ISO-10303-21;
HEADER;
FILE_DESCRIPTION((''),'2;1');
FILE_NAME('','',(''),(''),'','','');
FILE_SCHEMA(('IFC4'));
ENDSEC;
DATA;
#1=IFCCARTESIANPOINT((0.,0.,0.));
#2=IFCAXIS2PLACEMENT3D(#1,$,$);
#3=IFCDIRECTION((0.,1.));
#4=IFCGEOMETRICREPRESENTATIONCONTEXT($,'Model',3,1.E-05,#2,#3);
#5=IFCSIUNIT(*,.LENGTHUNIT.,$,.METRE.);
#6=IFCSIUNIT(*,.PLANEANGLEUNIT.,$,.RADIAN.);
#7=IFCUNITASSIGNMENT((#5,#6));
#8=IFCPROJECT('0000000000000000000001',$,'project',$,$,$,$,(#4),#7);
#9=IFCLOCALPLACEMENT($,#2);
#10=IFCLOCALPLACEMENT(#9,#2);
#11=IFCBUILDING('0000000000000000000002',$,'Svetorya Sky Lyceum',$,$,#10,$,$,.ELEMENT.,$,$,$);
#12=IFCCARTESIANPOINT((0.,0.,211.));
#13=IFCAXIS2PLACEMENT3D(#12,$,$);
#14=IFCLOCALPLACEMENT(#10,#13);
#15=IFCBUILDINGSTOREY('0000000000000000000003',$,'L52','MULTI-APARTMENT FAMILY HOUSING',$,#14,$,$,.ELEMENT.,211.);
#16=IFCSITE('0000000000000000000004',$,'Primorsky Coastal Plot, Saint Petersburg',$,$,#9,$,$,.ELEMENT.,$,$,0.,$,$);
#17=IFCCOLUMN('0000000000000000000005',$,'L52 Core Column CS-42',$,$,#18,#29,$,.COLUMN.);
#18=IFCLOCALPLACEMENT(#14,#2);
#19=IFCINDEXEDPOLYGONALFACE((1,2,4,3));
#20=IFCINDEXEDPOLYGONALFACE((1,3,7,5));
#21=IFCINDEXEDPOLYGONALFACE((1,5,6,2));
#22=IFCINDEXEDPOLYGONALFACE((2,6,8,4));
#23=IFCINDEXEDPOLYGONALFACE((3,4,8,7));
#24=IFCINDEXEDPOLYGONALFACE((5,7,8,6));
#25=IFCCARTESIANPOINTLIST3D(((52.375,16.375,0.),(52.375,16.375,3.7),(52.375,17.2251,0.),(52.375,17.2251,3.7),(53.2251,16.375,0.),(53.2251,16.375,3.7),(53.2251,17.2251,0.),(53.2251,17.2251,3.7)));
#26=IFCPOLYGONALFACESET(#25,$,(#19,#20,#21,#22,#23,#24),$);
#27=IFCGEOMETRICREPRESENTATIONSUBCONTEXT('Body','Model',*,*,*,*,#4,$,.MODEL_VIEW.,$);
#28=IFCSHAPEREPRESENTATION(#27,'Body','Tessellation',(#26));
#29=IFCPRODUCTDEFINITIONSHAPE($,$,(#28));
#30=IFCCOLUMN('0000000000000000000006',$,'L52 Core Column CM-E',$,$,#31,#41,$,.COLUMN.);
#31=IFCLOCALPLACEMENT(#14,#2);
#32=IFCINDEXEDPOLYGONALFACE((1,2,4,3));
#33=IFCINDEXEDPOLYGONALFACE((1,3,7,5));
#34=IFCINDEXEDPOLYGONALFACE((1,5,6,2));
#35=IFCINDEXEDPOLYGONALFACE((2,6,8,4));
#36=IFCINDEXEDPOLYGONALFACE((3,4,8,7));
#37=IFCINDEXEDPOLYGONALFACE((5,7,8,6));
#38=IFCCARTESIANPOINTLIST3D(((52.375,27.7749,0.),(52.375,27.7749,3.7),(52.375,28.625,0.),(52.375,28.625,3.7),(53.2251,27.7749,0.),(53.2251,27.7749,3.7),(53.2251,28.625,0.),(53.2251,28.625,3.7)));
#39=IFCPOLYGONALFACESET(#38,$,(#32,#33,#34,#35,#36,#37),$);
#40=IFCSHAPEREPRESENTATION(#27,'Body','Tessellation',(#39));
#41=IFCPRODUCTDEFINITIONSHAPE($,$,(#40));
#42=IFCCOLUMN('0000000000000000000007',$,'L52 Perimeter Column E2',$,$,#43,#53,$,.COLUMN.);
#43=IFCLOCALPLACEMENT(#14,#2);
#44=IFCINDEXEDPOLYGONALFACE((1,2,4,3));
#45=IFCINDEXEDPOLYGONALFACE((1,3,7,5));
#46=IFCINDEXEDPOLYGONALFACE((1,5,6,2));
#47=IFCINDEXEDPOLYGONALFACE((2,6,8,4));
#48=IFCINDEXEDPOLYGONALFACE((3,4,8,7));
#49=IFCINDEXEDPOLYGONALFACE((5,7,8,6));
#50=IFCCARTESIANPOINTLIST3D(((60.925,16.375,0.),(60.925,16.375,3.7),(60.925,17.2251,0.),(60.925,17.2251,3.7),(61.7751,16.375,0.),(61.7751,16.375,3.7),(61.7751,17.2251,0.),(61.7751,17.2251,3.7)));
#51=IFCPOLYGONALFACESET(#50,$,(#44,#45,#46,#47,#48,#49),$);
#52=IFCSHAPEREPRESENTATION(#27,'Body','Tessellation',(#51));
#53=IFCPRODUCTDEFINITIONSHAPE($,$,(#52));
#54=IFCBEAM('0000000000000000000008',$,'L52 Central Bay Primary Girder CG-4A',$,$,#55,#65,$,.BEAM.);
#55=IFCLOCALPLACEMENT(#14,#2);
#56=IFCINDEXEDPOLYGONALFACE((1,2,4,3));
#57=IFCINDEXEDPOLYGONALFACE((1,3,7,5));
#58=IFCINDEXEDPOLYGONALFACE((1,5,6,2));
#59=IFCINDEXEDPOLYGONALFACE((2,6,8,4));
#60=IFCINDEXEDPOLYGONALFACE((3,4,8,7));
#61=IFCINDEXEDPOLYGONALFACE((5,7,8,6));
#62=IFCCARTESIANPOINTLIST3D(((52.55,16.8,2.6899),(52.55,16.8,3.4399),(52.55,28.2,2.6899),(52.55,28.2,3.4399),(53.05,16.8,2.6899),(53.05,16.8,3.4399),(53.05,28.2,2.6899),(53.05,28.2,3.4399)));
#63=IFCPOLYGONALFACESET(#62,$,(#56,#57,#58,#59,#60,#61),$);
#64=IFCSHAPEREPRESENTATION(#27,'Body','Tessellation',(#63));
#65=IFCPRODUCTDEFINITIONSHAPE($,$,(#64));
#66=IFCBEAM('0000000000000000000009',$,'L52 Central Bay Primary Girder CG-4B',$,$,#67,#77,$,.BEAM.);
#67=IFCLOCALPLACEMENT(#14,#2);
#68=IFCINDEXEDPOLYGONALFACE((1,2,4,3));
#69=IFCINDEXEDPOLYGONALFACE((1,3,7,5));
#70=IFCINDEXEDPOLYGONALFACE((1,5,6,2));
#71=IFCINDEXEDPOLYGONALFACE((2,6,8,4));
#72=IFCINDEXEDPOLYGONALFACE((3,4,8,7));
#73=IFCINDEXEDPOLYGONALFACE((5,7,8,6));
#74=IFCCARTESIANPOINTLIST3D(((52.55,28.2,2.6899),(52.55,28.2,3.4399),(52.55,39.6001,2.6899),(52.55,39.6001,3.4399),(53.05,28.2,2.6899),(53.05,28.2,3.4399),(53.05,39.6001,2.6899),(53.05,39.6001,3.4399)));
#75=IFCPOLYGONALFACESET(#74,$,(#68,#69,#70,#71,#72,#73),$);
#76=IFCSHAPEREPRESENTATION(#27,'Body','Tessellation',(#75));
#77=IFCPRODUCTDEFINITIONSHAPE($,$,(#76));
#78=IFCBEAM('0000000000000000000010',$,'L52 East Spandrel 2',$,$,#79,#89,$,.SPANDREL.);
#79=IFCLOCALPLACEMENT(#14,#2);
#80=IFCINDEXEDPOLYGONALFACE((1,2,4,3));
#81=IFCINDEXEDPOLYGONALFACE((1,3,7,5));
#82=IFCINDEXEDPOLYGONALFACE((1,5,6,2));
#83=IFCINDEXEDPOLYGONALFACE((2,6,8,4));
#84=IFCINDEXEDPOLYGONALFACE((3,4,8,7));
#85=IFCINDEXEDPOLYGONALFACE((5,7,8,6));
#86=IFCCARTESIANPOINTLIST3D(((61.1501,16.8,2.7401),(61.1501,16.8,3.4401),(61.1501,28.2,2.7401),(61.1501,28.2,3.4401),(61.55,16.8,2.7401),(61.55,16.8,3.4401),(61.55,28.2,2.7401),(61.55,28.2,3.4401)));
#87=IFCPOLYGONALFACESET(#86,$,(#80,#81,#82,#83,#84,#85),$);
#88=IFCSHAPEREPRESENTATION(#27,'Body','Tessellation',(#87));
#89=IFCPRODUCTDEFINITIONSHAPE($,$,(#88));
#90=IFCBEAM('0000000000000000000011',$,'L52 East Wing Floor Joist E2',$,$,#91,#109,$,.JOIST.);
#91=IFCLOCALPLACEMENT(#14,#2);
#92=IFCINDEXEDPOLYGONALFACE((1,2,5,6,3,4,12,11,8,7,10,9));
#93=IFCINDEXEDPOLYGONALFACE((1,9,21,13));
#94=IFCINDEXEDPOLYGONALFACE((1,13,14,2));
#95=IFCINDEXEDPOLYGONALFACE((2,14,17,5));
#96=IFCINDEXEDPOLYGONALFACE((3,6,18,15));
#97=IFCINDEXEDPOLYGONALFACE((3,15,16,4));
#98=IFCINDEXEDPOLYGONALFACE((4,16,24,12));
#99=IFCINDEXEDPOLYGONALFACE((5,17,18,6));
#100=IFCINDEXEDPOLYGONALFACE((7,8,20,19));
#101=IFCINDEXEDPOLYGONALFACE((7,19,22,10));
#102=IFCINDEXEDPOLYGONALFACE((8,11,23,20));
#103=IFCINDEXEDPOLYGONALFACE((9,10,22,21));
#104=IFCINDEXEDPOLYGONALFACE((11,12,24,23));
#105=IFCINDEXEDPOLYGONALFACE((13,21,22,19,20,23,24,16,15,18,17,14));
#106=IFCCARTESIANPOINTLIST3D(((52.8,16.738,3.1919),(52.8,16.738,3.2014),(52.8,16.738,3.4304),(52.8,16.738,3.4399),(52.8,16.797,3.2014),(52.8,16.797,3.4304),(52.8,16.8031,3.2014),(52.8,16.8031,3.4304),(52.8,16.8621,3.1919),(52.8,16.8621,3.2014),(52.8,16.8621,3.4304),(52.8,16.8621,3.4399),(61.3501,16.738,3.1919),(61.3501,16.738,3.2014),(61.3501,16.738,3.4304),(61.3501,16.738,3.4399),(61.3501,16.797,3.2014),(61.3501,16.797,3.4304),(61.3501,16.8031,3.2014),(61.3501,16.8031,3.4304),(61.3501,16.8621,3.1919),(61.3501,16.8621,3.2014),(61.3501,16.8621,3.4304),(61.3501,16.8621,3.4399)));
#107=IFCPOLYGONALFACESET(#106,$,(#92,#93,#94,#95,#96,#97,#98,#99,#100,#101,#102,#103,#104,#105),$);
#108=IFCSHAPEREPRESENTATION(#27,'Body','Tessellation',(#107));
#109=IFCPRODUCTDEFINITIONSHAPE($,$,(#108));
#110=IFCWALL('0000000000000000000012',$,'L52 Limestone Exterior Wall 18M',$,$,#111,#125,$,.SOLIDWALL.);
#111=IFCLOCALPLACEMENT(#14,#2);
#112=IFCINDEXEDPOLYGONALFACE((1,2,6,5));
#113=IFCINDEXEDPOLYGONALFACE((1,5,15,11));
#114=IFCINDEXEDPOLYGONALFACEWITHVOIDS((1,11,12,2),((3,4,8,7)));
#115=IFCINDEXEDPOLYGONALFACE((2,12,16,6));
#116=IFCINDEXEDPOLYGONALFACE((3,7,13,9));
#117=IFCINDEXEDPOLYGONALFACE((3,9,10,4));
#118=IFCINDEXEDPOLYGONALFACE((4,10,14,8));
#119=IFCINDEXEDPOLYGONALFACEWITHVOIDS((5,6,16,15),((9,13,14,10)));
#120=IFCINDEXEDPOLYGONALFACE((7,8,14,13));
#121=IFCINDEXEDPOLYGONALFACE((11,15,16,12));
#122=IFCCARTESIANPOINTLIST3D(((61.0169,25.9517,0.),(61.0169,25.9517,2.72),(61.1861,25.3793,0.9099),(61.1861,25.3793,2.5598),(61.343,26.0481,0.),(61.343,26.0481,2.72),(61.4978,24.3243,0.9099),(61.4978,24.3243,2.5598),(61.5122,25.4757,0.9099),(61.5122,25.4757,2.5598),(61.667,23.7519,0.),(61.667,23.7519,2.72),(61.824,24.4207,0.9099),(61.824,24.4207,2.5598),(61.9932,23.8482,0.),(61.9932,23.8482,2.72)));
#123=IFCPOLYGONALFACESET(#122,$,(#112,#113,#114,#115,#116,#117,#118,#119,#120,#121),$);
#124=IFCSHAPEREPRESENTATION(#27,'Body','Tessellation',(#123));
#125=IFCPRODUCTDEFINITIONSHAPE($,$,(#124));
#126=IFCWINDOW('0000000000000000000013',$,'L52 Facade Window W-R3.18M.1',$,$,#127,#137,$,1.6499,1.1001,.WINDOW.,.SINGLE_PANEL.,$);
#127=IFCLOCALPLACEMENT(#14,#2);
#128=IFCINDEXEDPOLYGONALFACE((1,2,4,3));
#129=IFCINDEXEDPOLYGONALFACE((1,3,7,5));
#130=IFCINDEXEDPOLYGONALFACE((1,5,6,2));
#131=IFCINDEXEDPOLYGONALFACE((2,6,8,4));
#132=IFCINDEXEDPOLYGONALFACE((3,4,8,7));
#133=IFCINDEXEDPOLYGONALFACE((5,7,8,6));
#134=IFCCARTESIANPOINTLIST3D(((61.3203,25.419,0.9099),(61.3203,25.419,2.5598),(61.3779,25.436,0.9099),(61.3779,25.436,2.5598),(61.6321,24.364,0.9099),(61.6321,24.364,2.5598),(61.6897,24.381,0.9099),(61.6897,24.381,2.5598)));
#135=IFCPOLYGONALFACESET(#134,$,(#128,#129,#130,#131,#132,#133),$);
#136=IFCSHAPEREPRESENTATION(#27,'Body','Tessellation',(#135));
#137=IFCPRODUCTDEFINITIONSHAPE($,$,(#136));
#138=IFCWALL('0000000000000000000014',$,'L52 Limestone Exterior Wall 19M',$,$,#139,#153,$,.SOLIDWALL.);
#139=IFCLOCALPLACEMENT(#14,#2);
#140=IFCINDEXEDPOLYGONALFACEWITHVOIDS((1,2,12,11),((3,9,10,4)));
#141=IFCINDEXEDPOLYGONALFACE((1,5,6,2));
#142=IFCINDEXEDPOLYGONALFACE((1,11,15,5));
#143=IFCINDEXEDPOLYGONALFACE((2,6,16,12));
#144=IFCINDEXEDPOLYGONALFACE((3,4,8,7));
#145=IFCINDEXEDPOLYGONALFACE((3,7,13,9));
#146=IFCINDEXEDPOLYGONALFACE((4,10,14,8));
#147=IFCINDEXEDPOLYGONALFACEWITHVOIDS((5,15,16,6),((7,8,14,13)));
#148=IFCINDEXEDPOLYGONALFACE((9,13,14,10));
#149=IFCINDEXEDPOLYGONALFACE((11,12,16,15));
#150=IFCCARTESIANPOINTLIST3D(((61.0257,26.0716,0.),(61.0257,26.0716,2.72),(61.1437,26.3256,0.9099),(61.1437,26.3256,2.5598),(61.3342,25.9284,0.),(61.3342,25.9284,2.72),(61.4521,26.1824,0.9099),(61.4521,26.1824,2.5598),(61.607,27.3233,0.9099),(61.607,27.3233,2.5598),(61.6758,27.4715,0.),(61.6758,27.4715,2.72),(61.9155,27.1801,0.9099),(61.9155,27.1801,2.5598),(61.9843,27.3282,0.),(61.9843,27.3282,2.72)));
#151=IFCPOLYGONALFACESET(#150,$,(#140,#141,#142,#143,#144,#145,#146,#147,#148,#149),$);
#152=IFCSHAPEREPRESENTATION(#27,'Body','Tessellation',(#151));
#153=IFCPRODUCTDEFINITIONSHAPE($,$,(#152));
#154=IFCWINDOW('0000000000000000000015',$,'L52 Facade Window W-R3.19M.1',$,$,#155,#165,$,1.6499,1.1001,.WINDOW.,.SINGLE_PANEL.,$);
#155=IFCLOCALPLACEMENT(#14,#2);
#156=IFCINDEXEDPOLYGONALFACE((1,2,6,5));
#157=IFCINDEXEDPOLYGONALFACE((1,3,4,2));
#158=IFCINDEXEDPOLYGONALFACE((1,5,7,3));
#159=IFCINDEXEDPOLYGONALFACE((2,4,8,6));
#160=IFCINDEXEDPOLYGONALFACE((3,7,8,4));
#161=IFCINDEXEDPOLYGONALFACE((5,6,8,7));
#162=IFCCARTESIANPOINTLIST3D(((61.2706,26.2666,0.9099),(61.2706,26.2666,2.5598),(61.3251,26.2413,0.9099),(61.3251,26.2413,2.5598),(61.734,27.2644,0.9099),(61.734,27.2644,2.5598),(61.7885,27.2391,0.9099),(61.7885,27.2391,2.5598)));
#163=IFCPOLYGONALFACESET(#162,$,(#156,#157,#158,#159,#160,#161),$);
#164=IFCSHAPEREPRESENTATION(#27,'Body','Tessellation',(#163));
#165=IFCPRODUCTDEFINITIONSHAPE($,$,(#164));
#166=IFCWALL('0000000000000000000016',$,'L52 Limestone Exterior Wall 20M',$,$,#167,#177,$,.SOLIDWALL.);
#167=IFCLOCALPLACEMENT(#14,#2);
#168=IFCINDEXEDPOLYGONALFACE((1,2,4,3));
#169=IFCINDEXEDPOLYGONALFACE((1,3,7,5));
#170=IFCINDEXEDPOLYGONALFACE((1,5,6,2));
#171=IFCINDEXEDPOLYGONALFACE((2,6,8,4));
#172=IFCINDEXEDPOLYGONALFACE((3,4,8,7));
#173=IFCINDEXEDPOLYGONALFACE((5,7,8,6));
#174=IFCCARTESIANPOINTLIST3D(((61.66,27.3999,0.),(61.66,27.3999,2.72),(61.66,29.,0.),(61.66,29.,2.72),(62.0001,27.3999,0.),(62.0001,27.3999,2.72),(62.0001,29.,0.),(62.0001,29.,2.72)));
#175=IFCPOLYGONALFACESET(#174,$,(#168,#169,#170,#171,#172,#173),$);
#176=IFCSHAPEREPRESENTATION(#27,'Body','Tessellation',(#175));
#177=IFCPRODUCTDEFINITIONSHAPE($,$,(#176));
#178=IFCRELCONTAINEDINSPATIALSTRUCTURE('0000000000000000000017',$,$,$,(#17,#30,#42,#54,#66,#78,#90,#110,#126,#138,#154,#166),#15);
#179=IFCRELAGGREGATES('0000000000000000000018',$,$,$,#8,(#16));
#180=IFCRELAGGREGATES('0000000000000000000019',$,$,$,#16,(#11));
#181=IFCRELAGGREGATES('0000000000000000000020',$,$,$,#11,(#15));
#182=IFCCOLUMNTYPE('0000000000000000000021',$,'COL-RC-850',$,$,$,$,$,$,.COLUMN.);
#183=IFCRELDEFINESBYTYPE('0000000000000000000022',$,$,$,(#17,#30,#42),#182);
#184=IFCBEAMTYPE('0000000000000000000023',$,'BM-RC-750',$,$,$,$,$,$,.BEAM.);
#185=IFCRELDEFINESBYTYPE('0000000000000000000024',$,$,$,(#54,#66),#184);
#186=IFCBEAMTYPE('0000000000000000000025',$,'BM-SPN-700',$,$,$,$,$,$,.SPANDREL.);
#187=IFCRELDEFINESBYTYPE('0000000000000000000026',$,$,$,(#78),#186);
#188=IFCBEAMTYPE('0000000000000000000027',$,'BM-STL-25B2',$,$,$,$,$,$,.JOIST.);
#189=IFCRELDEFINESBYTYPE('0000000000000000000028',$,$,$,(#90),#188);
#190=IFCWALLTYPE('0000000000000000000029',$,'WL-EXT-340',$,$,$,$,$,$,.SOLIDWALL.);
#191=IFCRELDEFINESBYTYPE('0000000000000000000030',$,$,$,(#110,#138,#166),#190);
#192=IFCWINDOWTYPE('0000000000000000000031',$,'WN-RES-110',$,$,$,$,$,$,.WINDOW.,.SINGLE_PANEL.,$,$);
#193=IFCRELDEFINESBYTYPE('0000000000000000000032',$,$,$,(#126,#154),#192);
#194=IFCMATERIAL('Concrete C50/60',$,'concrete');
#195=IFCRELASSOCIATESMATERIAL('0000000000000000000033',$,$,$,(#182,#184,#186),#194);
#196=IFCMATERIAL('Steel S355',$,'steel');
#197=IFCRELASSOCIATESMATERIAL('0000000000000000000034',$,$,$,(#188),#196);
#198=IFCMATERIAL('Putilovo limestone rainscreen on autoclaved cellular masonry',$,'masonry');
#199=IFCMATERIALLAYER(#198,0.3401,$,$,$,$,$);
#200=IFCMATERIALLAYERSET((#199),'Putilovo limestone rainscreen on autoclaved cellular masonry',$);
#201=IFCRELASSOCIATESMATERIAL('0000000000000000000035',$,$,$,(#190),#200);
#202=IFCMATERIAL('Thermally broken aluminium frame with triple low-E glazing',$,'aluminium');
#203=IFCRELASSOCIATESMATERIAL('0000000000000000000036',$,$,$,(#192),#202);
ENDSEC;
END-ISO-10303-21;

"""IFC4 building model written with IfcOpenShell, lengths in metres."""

from ifc_helpers import new_model, si_unit, direction, frame, frame_2d, origin, origin_2d, place, context, subcontext, project, spatial, rectangle, i_section, extrude, material, layer, layer_set, material_profile, profile_set, type_object, element, fill, save


model = new_model("IFC4")

# Units and contexts
model_context = context("Model", 3, precision=1e-05, world=origin(), true_north=direction((0.0, 1.0)))
body_context = subcontext(model_context, "Body", "Model", "MODEL_VIEW")
ifc_project = project(units=[si_unit("LENGTHUNIT", "METRE"), si_unit("PLANEANGLEUNIT", "RADIAN")], contexts=[model_context])

# Site, building, storey
site_placement = place(None, origin())
site = spatial("IfcSite", under=ifc_project, at=site_placement, Name="Primorsky Coastal Plot, Saint Petersburg", CompositionType="ELEMENT", RefElevation=0.0)
building_placement = place(site_placement, origin())
building = spatial("IfcBuilding", under=site, at=building_placement, Name="Svetorya Sky Lyceum", CompositionType="ELEMENT")
storey_placement = place(building_placement, frame((0.0, 0.0, 211.0)))
storey = spatial("IfcBuildingStorey", under=building, at=storey_placement, Name="L52", Description="MULTI-APARTMENT FAMILY HOUSING", CompositionType="ELEMENT", Elevation=211.0)

# Columns
ifc_material_1 = material(Name="Concrete C50/60", Category="concrete")
ifc_material_profile_1 = material_profile(ifc_material_1, rectangle(XDim=0.8501, YDim=0.8501, at=origin_2d()), Name="RC COL 850x850")
ifc_profile_set_1 = profile_set([ifc_material_profile_1], Name="Concrete C50/60")
column_type = type_object("IfcColumnType", Name="COL-RC-850", PredefinedType="COLUMN", material=ifc_profile_set_1)
for number, where, z_axis, x_axis, name in (
    (1, (52.8, 16.8, 0.0), (0.0, 0.0, 1.0), (1.0, 0.0, 0.0), "L52 Core Column CS-42"),
    (2, (52.8, 28.2, 0.0), (0.0, 0.0, 1.0), (1.0, 0.0, 0.0), "L52 Core Column CM-E"),
    (3, (61.3501, 16.8, 0.0), (0.0, 0.0, 1.0), (1.0, 0.0, 0.0), "L52 Perimeter Column E2"),
):
    element("IfcColumn", number, at=place(storey_placement, frame(where, z_axis=z_axis, x_axis=x_axis)), inside=storey, type_object=column_type, Name=name, PredefinedType="COLUMN", context=body_context, shape_type="SweptSolid", body=[
        extrude(rectangle(XDim=0.8501, YDim=0.8501, at=origin_2d()), origin(), (0.0, 0.0, 1.0), 3.7),
    ])

# Beams
ifc_material_profile_2 = material_profile(ifc_material_1, rectangle(XDim=0.5, YDim=0.75, at=origin_2d()), Name="RC BEAM 500x750")
ifc_profile_set_2 = profile_set([ifc_material_profile_2], Name="Concrete C50/60")
beam_type_1 = type_object("IfcBeamType", Name="BM-RC-750", PredefinedType="BEAM", material=ifc_profile_set_2)
beam_1_placement = place(storey_placement, frame((52.8, 16.8, 3.0649), z_axis=(0.0, 1.0, 0.0), x_axis=(-1.0, 0.0, 0.0)))
element("IfcBeam", 4, at=beam_1_placement, inside=storey, type_object=beam_type_1, Name="L52 Central Bay Primary Girder CG-4A", PredefinedType="BEAM", context=body_context, shape_type="SweptSolid", body=[
    extrude(rectangle(XDim=0.5, YDim=0.75, at=origin_2d()), origin(), (0.0, 0.0, 1.0), 11.3999),
])
beam_2_placement = place(storey_placement, frame((52.8, 28.2, 3.0649), z_axis=(0.0, 1.0, 0.0), x_axis=(-1.0, 0.0, 0.0)))
element("IfcBeam", 5, at=beam_2_placement, inside=storey, type_object=beam_type_1, Name="L52 Central Bay Primary Girder CG-4B", PredefinedType="BEAM", context=body_context, shape_type="SweptSolid", body=[
    extrude(rectangle(XDim=0.5, YDim=0.75, at=origin_2d()), origin(), (0.0, 0.0, 1.0), 11.4001),
])
ifc_material_profile_3 = material_profile(ifc_material_1, rectangle(XDim=0.3999, YDim=0.7, at=origin_2d()), Name="RC SPANDREL 400x700")
ifc_profile_set_3 = profile_set([ifc_material_profile_3], Name="Concrete C50/60")
beam_type_2 = type_object("IfcBeamType", Name="BM-SPN-700", PredefinedType="SPANDREL", material=ifc_profile_set_3)
beam_3_placement = place(storey_placement, frame((61.3501, 16.8, 3.0901), z_axis=(0.0, 1.0, 0.0), x_axis=(-1.0, 0.0, 0.0)))
element("IfcBeam", 6, at=beam_3_placement, inside=storey, type_object=beam_type_2, Name="L52 East Spandrel 2", PredefinedType="SPANDREL", context=body_context, shape_type="SweptSolid", body=[
    extrude(rectangle(XDim=0.3999, YDim=0.7, at=origin_2d()), origin(), (0.0, 0.0, 1.0), 11.3999),
])
ifc_material_2 = material(Name="Steel S355", Category="steel")
ifc_material_profile_4 = material_profile(ifc_material_2, i_section(OverallWidth=0.124, OverallDepth=0.248, WebThickness=0.0061, FlangeThickness=0.0095, at=origin_2d()), Name="GOST 25B2")
ifc_profile_set_4 = profile_set([ifc_material_profile_4], Name="Steel S355")
beam_type_3 = type_object("IfcBeamType", Name="BM-STL-25B2", PredefinedType="JOIST", material=ifc_profile_set_4)
beam_4_placement = place(storey_placement, frame((52.8, 16.8, 3.3159), z_axis=(1.0, 0.0, 0.0), x_axis=(0.0, 1.0, 0.0)))
element("IfcBeam", 7, at=beam_4_placement, inside=storey, type_object=beam_type_3, Name="L52 East Wing Floor Joist E2", PredefinedType="JOIST", context=body_context, shape_type="SweptSolid", body=[
    extrude(i_section(OverallWidth=0.124, OverallDepth=0.248, WebThickness=0.0061, FlangeThickness=0.0095, at=origin_2d()), origin(), (0.0, 0.0, 1.0), 8.55),
])

# Walls, openings, windows
ifc_material_3 = material(Name="Putilovo limestone rainscreen on autoclaved cellular masonry", Category="masonry")
ifc_layer_1 = layer(ifc_material_3, 0.3401)
ifc_layer_set_1 = layer_set([ifc_layer_1], Name="Putilovo limestone rainscreen on autoclaved cellular masonry")
wall_type_1 = type_object("IfcWallType", Name="WL-EXT-340", PredefinedType="SOLIDWALL", material=ifc_layer_set_1)
wall_1_placement = place(storey_placement, frame((61.8301, 23.8, 0.0), z_axis=(0.0, 0.0, 1.0), x_axis=(-0.283411, 0.958999, 0.0)))
wall_1 = element("IfcWall", 8, at=wall_1_placement, inside=storey, type_object=wall_type_1, Name="L52 Limestone Exterior Wall 18M", PredefinedType="SOLIDWALL", context=body_context, shape_type="SweptSolid", body=[
    extrude(rectangle(XDim=2.2939, YDim=0.3401, at=frame_2d((1.147, 0.0))), origin(), (0.0, 0.0, 1.0), 2.72),
])
opening_1_placement = place(wall_1_placement, frame((0.5969, 0.0, 0.9099)))
opening_1 = element("IfcOpeningElement", 9, at=opening_1_placement, cuts=wall_1, PredefinedType="OPENING", context=body_context, shape_type="SweptSolid", body=[
    extrude(rectangle(XDim=1.1001, YDim=1.6499, at=frame_2d((0.55, 0.825))), frame((0.0, 0.1799, 0.0), z_axis=(0.0, -1.0, 0.0), x_axis=(1.0, 0.0, 0.0)), (0.0, 0.0, 1.0), 0.3601),
])
ifc_material_4 = material(Name="Thermally broken aluminium frame with triple low-E glazing", Category="aluminium")
window_type = type_object("IfcWindowType", Name="WN-RES-110", PartitioningType="SINGLE_PANEL", PredefinedType="WINDOW", material=ifc_material_4)
window_1_placement = place(opening_1_placement, origin())
window_1 = element("IfcWindow", 10, at=window_1_placement, inside=storey, type_object=window_type, Name="L52 Facade Window W-R3.18M.1", OverallHeight=1.6499, OverallWidth=1.1001, PartitioningType="SINGLE_PANEL", PredefinedType="WINDOW", context=body_context, shape_type="SweptSolid", body=[
    extrude(rectangle(XDim=1.1001, YDim=1.6499, at=frame_2d((0.55, 0.825))), frame((0.0, 0.03, 0.0), z_axis=(0.0, -1.0, 0.0), x_axis=(1.0, 0.0, 0.0)), (0.0, 0.0, 1.0), 0.0601),
])
fill(opening_1, window_1)
wall_2_placement = place(storey_placement, frame((61.1799, 26.0, 0.0), z_axis=(0.0, 0.0, 1.0), x_axis=(0.421214, 0.906961, 0.0)))
wall_2 = element("IfcWall", 11, at=wall_2_placement, inside=storey, type_object=wall_type_1, Name="L52 Limestone Exterior Wall 19M", PredefinedType="SOLIDWALL", context=body_context, shape_type="SweptSolid", body=[
    extrude(rectangle(XDim=1.5435, YDim=0.3401, at=frame_2d((0.7717, 0.0))), origin(), (0.0, 0.0, 1.0), 2.72),
])
opening_2_placement = place(wall_2_placement, frame((0.28, 0.0, 0.9099)))
opening_2 = element("IfcOpeningElement", 12, at=opening_2_placement, cuts=wall_2, PredefinedType="OPENING", context=body_context, shape_type="SweptSolid", body=[
    extrude(rectangle(XDim=1.1001, YDim=1.6499, at=frame_2d((0.55, 0.825))), frame((0.0, 0.1799, 0.0), z_axis=(0.0, -1.0, 0.0), x_axis=(1.0, 0.0, 0.0)), (0.0, 0.0, 1.0), 0.3601),
])
window_2_placement = place(opening_2_placement, origin())
window_2 = element("IfcWindow", 13, at=window_2_placement, inside=storey, type_object=window_type, Name="L52 Facade Window W-R3.19M.1", OverallHeight=1.6499, OverallWidth=1.1001, PartitioningType="SINGLE_PANEL", PredefinedType="WINDOW", context=body_context, shape_type="SweptSolid", body=[
    extrude(rectangle(XDim=1.1001, YDim=1.6499, at=frame_2d((0.55, 0.825))), frame((0.0, 0.03, 0.0), z_axis=(0.0, -1.0, 0.0), x_axis=(1.0, 0.0, 0.0)), (0.0, 0.0, 1.0), 0.0601),
])
fill(opening_2, window_2)

# Wall
wall_3_placement = place(storey_placement, frame((61.8301, 27.3999, 0.0), z_axis=(0.0, 0.0, 1.0), x_axis=(0.0, 1.0, 0.0)))
element("IfcWall", 14, at=wall_3_placement, inside=storey, type_object=wall_type_1, Name="L52 Limestone Exterior Wall 20M", PredefinedType="SOLIDWALL", context=body_context, shape_type="SweptSolid", body=[
    extrude(rectangle(XDim=1.6001, YDim=0.3401, at=frame_2d((0.8, 0.0))), origin(), (0.0, 0.0, 1.0), 2.72),
])

save(model, "model.ifc")
